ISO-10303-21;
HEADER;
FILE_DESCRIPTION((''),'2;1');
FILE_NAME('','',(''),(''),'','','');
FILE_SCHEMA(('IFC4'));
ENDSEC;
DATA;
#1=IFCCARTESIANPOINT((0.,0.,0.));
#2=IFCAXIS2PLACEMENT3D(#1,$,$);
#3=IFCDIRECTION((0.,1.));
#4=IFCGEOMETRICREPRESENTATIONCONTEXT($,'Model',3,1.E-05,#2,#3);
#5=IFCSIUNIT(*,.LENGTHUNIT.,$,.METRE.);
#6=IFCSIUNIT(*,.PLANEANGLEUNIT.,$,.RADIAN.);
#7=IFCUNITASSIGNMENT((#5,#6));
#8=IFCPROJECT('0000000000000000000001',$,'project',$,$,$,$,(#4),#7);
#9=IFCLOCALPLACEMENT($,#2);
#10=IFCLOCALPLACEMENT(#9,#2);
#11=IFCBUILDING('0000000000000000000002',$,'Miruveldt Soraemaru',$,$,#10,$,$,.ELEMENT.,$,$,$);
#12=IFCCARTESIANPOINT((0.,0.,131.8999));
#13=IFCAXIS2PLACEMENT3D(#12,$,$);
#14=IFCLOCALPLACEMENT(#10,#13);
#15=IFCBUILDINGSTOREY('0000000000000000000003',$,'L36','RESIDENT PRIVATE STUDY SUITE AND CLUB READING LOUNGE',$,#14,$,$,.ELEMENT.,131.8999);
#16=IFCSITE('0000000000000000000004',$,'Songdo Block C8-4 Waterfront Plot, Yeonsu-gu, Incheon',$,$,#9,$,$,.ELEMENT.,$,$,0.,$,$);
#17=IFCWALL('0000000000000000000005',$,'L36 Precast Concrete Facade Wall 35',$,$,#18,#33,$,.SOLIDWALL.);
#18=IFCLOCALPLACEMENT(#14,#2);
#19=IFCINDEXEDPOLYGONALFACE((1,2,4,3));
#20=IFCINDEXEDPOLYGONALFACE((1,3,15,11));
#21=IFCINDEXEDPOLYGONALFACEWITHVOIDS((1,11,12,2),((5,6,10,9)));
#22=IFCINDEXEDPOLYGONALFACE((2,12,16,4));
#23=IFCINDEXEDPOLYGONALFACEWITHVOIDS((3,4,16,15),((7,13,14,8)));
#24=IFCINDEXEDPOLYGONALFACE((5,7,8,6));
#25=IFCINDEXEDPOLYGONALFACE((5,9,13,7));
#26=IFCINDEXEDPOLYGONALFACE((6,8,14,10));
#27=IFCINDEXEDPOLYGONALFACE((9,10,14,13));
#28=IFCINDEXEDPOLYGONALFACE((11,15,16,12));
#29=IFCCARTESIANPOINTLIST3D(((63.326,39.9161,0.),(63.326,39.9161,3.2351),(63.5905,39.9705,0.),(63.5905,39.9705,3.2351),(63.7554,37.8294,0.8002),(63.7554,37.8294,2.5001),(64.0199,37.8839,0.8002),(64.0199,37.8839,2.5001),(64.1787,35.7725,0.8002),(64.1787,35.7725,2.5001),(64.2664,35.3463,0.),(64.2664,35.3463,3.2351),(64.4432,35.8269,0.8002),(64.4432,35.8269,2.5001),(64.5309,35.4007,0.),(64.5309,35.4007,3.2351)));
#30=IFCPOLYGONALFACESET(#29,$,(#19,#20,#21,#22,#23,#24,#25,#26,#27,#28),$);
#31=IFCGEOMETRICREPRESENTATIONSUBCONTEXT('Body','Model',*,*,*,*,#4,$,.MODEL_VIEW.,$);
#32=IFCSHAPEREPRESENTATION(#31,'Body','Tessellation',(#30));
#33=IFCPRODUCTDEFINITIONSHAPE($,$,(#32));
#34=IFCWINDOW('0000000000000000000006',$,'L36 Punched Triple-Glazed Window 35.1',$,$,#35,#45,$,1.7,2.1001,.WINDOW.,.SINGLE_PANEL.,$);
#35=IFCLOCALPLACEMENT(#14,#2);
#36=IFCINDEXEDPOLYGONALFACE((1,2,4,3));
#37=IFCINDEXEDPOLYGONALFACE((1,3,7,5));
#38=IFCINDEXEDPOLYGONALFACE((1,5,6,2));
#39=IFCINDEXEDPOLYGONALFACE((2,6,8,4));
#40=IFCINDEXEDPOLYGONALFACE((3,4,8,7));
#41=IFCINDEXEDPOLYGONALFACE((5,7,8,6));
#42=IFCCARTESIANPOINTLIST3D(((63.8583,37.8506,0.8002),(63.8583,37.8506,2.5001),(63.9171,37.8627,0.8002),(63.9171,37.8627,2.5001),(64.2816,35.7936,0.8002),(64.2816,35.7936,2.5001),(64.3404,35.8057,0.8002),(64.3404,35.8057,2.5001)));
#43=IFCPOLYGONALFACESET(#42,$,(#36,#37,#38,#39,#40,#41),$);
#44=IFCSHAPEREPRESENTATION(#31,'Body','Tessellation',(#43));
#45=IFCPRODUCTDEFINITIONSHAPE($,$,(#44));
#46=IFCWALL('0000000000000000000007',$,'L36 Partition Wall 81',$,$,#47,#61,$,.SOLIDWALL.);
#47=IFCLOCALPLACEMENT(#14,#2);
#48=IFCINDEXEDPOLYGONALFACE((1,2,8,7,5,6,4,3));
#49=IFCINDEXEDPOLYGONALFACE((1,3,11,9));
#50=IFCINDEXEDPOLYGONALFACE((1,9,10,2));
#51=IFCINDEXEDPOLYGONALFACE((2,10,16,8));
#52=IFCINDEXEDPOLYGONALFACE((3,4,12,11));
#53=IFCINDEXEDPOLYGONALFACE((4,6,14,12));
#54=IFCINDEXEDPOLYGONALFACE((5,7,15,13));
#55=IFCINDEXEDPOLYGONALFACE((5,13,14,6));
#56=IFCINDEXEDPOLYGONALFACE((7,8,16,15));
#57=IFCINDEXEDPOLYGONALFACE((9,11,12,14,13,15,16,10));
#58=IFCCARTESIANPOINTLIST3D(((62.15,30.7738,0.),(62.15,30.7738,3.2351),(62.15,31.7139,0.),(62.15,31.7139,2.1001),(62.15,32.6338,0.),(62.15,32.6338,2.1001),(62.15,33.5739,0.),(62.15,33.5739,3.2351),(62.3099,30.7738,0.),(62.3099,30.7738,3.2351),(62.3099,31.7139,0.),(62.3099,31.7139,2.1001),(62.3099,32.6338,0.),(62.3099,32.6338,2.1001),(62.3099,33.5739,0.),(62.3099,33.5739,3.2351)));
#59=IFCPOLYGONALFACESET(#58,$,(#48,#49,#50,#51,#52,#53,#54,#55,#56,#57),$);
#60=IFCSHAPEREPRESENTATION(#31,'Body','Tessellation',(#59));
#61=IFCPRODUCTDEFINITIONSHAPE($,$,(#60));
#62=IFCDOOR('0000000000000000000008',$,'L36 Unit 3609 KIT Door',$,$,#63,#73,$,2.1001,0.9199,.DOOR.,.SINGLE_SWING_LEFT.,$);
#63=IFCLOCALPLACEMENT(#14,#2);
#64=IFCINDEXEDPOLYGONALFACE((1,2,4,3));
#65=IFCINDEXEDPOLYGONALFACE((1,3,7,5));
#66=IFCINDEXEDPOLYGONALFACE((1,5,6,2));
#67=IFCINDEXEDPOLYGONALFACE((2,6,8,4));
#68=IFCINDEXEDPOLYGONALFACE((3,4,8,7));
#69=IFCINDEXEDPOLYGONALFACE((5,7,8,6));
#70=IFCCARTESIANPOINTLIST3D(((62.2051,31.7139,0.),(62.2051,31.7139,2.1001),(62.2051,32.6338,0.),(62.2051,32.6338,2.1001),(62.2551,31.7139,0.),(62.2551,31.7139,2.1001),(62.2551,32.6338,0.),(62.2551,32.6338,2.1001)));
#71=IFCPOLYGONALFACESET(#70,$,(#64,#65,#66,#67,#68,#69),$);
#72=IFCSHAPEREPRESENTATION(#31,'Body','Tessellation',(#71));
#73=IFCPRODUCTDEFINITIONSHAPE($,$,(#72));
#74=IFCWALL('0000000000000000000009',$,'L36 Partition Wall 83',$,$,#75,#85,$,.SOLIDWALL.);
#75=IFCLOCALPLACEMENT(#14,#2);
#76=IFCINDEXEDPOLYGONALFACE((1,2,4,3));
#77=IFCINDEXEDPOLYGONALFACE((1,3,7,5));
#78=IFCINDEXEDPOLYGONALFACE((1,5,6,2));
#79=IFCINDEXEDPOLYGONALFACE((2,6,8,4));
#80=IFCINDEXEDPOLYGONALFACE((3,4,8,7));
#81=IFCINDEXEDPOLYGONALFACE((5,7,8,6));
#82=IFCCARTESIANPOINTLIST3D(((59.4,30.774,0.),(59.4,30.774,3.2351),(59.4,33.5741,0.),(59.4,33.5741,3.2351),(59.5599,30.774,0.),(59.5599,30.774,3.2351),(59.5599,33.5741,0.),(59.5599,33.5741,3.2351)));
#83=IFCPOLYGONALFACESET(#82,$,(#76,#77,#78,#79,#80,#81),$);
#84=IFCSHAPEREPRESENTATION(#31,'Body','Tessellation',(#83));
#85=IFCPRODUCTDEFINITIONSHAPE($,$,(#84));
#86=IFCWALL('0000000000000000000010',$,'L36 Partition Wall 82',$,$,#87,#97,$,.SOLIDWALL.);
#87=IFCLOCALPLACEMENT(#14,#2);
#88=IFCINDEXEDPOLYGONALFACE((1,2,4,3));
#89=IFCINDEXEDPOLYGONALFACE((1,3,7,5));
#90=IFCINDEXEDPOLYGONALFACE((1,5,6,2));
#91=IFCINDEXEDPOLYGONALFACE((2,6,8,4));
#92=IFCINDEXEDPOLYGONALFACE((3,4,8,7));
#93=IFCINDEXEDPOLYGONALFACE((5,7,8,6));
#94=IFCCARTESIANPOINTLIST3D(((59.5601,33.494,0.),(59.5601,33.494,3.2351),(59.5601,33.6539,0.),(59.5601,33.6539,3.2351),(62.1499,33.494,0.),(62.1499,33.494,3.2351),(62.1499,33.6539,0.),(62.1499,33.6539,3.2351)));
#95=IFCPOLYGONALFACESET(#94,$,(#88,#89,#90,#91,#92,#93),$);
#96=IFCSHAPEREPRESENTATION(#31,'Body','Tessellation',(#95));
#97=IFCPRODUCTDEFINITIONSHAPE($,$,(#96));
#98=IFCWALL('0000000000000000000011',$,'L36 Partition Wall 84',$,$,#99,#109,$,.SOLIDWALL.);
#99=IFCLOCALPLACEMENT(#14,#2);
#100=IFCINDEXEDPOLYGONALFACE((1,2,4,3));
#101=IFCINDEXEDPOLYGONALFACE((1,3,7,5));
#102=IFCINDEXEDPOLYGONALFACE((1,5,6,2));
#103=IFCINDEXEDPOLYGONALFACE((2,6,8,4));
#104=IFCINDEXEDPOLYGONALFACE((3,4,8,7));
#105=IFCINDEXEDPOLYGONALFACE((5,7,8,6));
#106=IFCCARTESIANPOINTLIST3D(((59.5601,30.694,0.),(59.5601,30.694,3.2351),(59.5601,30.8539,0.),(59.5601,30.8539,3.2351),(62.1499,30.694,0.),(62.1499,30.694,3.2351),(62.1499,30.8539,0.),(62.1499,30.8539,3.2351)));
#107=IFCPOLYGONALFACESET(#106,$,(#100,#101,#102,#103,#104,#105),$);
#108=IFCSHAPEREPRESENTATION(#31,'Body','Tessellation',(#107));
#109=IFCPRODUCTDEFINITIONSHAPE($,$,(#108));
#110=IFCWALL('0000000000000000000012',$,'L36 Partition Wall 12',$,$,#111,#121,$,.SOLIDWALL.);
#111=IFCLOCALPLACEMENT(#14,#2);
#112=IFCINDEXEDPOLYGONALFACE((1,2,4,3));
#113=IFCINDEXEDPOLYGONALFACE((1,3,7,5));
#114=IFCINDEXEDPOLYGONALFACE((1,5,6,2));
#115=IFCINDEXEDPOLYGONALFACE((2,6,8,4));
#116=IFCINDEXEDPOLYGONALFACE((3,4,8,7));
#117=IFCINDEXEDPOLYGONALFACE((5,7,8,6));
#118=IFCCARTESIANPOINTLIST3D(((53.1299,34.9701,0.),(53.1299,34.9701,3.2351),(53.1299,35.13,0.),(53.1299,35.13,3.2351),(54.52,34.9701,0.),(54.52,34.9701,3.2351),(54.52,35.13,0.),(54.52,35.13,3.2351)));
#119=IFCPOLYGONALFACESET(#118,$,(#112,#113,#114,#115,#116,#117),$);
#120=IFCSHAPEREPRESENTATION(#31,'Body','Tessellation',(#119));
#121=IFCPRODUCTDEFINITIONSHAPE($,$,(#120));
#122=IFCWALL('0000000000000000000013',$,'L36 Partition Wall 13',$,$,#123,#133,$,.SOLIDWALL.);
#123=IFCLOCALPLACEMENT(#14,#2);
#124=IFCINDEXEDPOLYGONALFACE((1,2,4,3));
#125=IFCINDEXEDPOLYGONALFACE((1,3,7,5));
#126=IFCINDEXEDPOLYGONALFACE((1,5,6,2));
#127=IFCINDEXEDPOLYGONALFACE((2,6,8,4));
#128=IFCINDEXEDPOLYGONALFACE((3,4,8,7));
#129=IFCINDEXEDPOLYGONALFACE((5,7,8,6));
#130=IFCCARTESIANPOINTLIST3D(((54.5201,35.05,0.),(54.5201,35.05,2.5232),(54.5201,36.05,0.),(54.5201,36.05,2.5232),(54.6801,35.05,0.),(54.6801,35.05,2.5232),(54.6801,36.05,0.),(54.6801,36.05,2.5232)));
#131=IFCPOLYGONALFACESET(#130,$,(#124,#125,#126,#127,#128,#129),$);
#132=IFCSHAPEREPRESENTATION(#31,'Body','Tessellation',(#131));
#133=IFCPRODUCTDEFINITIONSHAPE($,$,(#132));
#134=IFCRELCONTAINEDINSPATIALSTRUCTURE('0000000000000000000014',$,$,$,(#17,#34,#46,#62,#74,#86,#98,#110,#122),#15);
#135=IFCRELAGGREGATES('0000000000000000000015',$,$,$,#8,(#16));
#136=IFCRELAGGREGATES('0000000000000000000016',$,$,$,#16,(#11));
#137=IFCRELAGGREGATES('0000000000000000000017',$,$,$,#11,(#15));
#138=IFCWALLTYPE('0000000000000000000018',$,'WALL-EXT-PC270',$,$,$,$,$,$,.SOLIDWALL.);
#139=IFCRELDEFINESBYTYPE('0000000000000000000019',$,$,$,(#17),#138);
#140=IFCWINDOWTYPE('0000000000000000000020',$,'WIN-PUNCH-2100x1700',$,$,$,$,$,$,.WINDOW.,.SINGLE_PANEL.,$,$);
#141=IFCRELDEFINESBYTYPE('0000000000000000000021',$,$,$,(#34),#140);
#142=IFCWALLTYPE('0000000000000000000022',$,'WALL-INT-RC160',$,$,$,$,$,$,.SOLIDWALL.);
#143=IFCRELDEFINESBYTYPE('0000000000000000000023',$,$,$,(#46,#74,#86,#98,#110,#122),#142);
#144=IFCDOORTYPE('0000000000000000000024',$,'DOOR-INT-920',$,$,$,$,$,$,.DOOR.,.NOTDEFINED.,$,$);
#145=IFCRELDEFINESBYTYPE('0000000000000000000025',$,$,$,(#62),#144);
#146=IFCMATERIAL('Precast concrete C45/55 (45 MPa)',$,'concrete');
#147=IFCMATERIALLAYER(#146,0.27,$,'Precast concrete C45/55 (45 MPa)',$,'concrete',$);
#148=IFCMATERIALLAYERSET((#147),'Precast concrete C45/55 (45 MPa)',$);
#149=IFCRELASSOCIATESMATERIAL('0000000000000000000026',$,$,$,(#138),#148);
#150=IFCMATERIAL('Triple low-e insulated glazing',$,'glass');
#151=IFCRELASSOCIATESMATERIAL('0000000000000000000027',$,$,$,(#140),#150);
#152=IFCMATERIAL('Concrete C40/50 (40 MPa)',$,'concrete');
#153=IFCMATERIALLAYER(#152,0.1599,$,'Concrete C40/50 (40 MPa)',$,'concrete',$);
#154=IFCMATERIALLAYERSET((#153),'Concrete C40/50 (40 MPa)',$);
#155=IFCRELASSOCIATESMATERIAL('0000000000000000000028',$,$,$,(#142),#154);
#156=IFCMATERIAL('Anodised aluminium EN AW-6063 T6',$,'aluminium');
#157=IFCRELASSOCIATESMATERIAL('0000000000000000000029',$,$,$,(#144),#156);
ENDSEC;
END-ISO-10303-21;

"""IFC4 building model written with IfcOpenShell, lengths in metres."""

from ifc_helpers import new_model, si_unit, direction, frame, frame_2d, origin, place, context, subcontext, project, spatial, rectangle, extrude, material, layer, layer_set, type_object, element, fill, save


model = new_model("IFC4")

# Units and contexts
model_context = context("Model", 3, precision=1e-05, world=origin(), true_north=direction((0.0, 1.0)))
body_context = subcontext(model_context, "Body", "Model", "MODEL_VIEW")
ifc_project = project(units=[si_unit("LENGTHUNIT", "METRE"), si_unit("PLANEANGLEUNIT", "RADIAN")], contexts=[model_context])

# Site, building, storey
site_placement = place(None, origin())
site = spatial("IfcSite", under=ifc_project, at=site_placement, Name="Songdo Block C8-4 Waterfront Plot, Yeonsu-gu, Incheon", CompositionType="ELEMENT", RefElevation=0.0)
building_placement = place(site_placement, origin())
building = spatial("IfcBuilding", under=site, at=building_placement, Name="Miruveldt Soraemaru", CompositionType="ELEMENT")
storey_placement = place(building_placement, frame((0.0, 0.0, 131.8999)))
storey = spatial("IfcBuildingStorey", under=building, at=storey_placement, Name="L36", Description="RESIDENT PRIVATE STUDY SUITE AND CLUB READING LOUNGE", CompositionType="ELEMENT", Elevation=131.8999)

# Wall, opening, window
ifc_material_1 = material(Name="Precast concrete C45/55 (45 MPa)", Category="concrete")
ifc_layer_1 = layer(ifc_material_1, 0.27, Name="Precast concrete C45/55 (45 MPa)", Category="concrete")
ifc_layer_set_1 = layer_set([ifc_layer_1], Name="Precast concrete C45/55 (45 MPa)")
wall_type_1 = type_object("IfcWallType", Name="WALL-EXT-PC270", PredefinedType="SOLIDWALL", material=ifc_layer_set_1)
ifc_material_2 = material(Name="Triple low-e insulated glazing", Category="glass")
window_type_1 = type_object("IfcWindowType", Name="WIN-PUNCH-2100x1700", PartitioningType="SINGLE_PANEL", PredefinedType="WINDOW", material=ifc_material_2)
wall_1_placement = place(storey_placement, frame((64.3987, 35.3735, 0.0), z_axis=(0.0, 0.0, 1.0), x_axis=(-0.201567, 0.979475, 0.0)))
wall_1 = element("IfcWall", 1, at=wall_1_placement, inside=storey, type_object=wall_type_1, Name="L36 Precast Concrete Facade Wall 35", PredefinedType="SOLIDWALL", context=body_context, shape_type="SweptSolid", body=[
    extrude(rectangle(XDim=4.6655, YDim=0.27, at=frame_2d((2.3328, 0.0))), origin(), (0.0, 0.0, 1.0), 3.2351),
])
opening_1_placement = place(wall_1_placement, frame((0.4351, 0.0, 0.8)))
opening_1 = element("IfcOpeningElement", 2, at=opening_1_placement, cuts=wall_1, PredefinedType="OPENING", context=body_context, shape_type="SweptSolid", body=[
    extrude(rectangle(XDim=2.1001, YDim=1.7, at=frame_2d((1.05, 0.8501))), frame((0.0, 0.145, 0.0), z_axis=(0.0, -1.0, 0.0), x_axis=(1.0, 0.0, 0.0)), (0.0, 0.0, 1.0), 0.29),
])
window_1_placement = place(opening_1_placement, origin())
window_1 = element("IfcWindow", 3, at=window_1_placement, inside=storey, type_object=window_type_1, Name="L36 Punched Triple-Glazed Window 35.1", OverallHeight=1.7, OverallWidth=2.1001, PartitioningType="SINGLE_PANEL", PredefinedType="WINDOW", context=body_context, shape_type="SweptSolid", body=[
    extrude(rectangle(XDim=2.1001, YDim=1.7, at=frame_2d((1.05, 0.8501))), frame((0.0, 0.03, 0.0), z_axis=(0.0, -1.0, 0.0), x_axis=(1.0, 0.0, 0.0)), (0.0, 0.0, 1.0), 0.0601),
])
fill(opening_1, window_1)

# Wall, opening, door
ifc_material_3 = material(Name="Concrete C40/50 (40 MPa)", Category="concrete")
ifc_layer_2 = layer(ifc_material_3, 0.1599, Name="Concrete C40/50 (40 MPa)", Category="concrete")
ifc_layer_set_2 = layer_set([ifc_layer_2], Name="Concrete C40/50 (40 MPa)")
wall_type_2 = type_object("IfcWallType", Name="WALL-INT-RC160", PredefinedType="SOLIDWALL", material=ifc_layer_set_2)
wall_2_placement = place(storey_placement, frame((62.23, 30.7739, 0.0), z_axis=(0.0, 0.0, 1.0), x_axis=(0.0, 1.0, 0.0)))
wall_2 = element("IfcWall", 4, at=wall_2_placement, inside=storey, type_object=wall_type_2, Name="L36 Partition Wall 81", PredefinedType="SOLIDWALL", context=body_context, shape_type="SweptSolid", body=[
    extrude(rectangle(XDim=2.8, YDim=0.1599, at=frame_2d((1.3999, 0.0))), origin(), (0.0, 0.0, 1.0), 3.2351),
])
opening_2_placement = place(wall_2_placement, frame((0.9399, 0.0, 0.0)))
opening_2 = element("IfcOpeningElement", 5, at=opening_2_placement, cuts=wall_2, PredefinedType="OPENING", context=body_context, shape_type="SweptSolid", body=[
    extrude(rectangle(XDim=0.9199, YDim=2.1001, at=frame_2d((0.46, 1.05))), frame((0.0, 0.0898, 0.0), z_axis=(0.0, -1.0, 0.0), x_axis=(1.0, 0.0, 0.0)), (0.0, 0.0, 1.0), 0.1799),
])
ifc_material_4 = material(Name="Anodised aluminium EN AW-6063 T6", Category="aluminium")
door_type = type_object("IfcDoorType", Name="DOOR-INT-920", OperationType="NOTDEFINED", PredefinedType="DOOR", material=ifc_material_4)
door_placement = place(opening_2_placement, origin())
door = element("IfcDoor", 6, at=door_placement, inside=storey, type_object=door_type, Name="L36 Unit 3609 KIT Door", OperationType="SINGLE_SWING_LEFT", OverallHeight=2.1001, OverallWidth=0.9199, PredefinedType="DOOR", context=body_context, shape_type="SweptSolid", body=[
    extrude(rectangle(XDim=0.9199, YDim=2.1001, at=frame_2d((0.46, 1.05))), frame((0.0, 0.0249, 0.0), z_axis=(0.0, -1.0, 0.0), x_axis=(1.0, 0.0, 0.0)), (0.0, 0.0, 1.0), 0.05),
])
fill(opening_2, door)

# Walls
wall_3_placement = place(storey_placement, frame((59.48, 33.574, 0.0), z_axis=(0.0, 0.0, 1.0), x_axis=(0.0, -1.0, 0.0)))
element("IfcWall", 7, at=wall_3_placement, inside=storey, type_object=wall_type_2, Name="L36 Partition Wall 83", PredefinedType="SOLIDWALL", context=body_context, shape_type="SweptSolid", body=[
    extrude(rectangle(XDim=2.8, YDim=0.1599, at=frame_2d((1.3999, 0.0))), origin(), (0.0, 0.0, 1.0), 3.2351),
])
for number, where, z_axis, x_axis, name in (
    (8, (62.1499, 33.574, 0.0), (0.0, 0.0, 1.0), (-1.0, 0.0, 0.0), "L36 Partition Wall 82"),
    (9, (59.5601, 30.7739, 0.0), (0.0, 0.0, 1.0), (1.0, 0.0, 0.0), "L36 Partition Wall 84"),
):
    element("IfcWall", number, at=place(storey_placement, frame(where, z_axis=z_axis, x_axis=x_axis)), inside=storey, type_object=wall_type_2, Name=name, PredefinedType="SOLIDWALL", context=body_context, shape_type="SweptSolid", body=[
        extrude(rectangle(XDim=2.5898, YDim=0.1599, at=frame_2d((1.2949, 0.0))), origin(), (0.0, 0.0, 1.0), 3.2351),
    ])
wall_4_placement = place(storey_placement, frame((53.1299, 35.05, 0.0), z_axis=(0.0, 0.0, 1.0), x_axis=(1.0, 0.0, 0.0)))
element("IfcWall", 10, at=wall_4_placement, inside=storey, type_object=wall_type_2, Name="L36 Partition Wall 12", PredefinedType="SOLIDWALL", context=body_context, shape_type="SweptSolid", body=[
    extrude(rectangle(XDim=1.3901, YDim=0.1599, at=frame_2d((0.6951, 0.0))), origin(), (0.0, 0.0, 1.0), 3.2351),
])
wall_5_placement = place(storey_placement, frame((54.6001, 35.05, 0.0), z_axis=(0.0, 0.0, 1.0), x_axis=(0.0, 1.0, 0.0)))
element("IfcWall", 11, at=wall_5_placement, inside=storey, type_object=wall_type_2, Name="L36 Partition Wall 13", PredefinedType="SOLIDWALL", context=body_context, shape_type="SweptSolid", body=[
    extrude(rectangle(XDim=1.0, YDim=0.1599, at=frame_2d((0.5, 0.0))), origin(), (0.0, 0.0, 1.0), 2.5232),
])

save(model, "model.ifc")
